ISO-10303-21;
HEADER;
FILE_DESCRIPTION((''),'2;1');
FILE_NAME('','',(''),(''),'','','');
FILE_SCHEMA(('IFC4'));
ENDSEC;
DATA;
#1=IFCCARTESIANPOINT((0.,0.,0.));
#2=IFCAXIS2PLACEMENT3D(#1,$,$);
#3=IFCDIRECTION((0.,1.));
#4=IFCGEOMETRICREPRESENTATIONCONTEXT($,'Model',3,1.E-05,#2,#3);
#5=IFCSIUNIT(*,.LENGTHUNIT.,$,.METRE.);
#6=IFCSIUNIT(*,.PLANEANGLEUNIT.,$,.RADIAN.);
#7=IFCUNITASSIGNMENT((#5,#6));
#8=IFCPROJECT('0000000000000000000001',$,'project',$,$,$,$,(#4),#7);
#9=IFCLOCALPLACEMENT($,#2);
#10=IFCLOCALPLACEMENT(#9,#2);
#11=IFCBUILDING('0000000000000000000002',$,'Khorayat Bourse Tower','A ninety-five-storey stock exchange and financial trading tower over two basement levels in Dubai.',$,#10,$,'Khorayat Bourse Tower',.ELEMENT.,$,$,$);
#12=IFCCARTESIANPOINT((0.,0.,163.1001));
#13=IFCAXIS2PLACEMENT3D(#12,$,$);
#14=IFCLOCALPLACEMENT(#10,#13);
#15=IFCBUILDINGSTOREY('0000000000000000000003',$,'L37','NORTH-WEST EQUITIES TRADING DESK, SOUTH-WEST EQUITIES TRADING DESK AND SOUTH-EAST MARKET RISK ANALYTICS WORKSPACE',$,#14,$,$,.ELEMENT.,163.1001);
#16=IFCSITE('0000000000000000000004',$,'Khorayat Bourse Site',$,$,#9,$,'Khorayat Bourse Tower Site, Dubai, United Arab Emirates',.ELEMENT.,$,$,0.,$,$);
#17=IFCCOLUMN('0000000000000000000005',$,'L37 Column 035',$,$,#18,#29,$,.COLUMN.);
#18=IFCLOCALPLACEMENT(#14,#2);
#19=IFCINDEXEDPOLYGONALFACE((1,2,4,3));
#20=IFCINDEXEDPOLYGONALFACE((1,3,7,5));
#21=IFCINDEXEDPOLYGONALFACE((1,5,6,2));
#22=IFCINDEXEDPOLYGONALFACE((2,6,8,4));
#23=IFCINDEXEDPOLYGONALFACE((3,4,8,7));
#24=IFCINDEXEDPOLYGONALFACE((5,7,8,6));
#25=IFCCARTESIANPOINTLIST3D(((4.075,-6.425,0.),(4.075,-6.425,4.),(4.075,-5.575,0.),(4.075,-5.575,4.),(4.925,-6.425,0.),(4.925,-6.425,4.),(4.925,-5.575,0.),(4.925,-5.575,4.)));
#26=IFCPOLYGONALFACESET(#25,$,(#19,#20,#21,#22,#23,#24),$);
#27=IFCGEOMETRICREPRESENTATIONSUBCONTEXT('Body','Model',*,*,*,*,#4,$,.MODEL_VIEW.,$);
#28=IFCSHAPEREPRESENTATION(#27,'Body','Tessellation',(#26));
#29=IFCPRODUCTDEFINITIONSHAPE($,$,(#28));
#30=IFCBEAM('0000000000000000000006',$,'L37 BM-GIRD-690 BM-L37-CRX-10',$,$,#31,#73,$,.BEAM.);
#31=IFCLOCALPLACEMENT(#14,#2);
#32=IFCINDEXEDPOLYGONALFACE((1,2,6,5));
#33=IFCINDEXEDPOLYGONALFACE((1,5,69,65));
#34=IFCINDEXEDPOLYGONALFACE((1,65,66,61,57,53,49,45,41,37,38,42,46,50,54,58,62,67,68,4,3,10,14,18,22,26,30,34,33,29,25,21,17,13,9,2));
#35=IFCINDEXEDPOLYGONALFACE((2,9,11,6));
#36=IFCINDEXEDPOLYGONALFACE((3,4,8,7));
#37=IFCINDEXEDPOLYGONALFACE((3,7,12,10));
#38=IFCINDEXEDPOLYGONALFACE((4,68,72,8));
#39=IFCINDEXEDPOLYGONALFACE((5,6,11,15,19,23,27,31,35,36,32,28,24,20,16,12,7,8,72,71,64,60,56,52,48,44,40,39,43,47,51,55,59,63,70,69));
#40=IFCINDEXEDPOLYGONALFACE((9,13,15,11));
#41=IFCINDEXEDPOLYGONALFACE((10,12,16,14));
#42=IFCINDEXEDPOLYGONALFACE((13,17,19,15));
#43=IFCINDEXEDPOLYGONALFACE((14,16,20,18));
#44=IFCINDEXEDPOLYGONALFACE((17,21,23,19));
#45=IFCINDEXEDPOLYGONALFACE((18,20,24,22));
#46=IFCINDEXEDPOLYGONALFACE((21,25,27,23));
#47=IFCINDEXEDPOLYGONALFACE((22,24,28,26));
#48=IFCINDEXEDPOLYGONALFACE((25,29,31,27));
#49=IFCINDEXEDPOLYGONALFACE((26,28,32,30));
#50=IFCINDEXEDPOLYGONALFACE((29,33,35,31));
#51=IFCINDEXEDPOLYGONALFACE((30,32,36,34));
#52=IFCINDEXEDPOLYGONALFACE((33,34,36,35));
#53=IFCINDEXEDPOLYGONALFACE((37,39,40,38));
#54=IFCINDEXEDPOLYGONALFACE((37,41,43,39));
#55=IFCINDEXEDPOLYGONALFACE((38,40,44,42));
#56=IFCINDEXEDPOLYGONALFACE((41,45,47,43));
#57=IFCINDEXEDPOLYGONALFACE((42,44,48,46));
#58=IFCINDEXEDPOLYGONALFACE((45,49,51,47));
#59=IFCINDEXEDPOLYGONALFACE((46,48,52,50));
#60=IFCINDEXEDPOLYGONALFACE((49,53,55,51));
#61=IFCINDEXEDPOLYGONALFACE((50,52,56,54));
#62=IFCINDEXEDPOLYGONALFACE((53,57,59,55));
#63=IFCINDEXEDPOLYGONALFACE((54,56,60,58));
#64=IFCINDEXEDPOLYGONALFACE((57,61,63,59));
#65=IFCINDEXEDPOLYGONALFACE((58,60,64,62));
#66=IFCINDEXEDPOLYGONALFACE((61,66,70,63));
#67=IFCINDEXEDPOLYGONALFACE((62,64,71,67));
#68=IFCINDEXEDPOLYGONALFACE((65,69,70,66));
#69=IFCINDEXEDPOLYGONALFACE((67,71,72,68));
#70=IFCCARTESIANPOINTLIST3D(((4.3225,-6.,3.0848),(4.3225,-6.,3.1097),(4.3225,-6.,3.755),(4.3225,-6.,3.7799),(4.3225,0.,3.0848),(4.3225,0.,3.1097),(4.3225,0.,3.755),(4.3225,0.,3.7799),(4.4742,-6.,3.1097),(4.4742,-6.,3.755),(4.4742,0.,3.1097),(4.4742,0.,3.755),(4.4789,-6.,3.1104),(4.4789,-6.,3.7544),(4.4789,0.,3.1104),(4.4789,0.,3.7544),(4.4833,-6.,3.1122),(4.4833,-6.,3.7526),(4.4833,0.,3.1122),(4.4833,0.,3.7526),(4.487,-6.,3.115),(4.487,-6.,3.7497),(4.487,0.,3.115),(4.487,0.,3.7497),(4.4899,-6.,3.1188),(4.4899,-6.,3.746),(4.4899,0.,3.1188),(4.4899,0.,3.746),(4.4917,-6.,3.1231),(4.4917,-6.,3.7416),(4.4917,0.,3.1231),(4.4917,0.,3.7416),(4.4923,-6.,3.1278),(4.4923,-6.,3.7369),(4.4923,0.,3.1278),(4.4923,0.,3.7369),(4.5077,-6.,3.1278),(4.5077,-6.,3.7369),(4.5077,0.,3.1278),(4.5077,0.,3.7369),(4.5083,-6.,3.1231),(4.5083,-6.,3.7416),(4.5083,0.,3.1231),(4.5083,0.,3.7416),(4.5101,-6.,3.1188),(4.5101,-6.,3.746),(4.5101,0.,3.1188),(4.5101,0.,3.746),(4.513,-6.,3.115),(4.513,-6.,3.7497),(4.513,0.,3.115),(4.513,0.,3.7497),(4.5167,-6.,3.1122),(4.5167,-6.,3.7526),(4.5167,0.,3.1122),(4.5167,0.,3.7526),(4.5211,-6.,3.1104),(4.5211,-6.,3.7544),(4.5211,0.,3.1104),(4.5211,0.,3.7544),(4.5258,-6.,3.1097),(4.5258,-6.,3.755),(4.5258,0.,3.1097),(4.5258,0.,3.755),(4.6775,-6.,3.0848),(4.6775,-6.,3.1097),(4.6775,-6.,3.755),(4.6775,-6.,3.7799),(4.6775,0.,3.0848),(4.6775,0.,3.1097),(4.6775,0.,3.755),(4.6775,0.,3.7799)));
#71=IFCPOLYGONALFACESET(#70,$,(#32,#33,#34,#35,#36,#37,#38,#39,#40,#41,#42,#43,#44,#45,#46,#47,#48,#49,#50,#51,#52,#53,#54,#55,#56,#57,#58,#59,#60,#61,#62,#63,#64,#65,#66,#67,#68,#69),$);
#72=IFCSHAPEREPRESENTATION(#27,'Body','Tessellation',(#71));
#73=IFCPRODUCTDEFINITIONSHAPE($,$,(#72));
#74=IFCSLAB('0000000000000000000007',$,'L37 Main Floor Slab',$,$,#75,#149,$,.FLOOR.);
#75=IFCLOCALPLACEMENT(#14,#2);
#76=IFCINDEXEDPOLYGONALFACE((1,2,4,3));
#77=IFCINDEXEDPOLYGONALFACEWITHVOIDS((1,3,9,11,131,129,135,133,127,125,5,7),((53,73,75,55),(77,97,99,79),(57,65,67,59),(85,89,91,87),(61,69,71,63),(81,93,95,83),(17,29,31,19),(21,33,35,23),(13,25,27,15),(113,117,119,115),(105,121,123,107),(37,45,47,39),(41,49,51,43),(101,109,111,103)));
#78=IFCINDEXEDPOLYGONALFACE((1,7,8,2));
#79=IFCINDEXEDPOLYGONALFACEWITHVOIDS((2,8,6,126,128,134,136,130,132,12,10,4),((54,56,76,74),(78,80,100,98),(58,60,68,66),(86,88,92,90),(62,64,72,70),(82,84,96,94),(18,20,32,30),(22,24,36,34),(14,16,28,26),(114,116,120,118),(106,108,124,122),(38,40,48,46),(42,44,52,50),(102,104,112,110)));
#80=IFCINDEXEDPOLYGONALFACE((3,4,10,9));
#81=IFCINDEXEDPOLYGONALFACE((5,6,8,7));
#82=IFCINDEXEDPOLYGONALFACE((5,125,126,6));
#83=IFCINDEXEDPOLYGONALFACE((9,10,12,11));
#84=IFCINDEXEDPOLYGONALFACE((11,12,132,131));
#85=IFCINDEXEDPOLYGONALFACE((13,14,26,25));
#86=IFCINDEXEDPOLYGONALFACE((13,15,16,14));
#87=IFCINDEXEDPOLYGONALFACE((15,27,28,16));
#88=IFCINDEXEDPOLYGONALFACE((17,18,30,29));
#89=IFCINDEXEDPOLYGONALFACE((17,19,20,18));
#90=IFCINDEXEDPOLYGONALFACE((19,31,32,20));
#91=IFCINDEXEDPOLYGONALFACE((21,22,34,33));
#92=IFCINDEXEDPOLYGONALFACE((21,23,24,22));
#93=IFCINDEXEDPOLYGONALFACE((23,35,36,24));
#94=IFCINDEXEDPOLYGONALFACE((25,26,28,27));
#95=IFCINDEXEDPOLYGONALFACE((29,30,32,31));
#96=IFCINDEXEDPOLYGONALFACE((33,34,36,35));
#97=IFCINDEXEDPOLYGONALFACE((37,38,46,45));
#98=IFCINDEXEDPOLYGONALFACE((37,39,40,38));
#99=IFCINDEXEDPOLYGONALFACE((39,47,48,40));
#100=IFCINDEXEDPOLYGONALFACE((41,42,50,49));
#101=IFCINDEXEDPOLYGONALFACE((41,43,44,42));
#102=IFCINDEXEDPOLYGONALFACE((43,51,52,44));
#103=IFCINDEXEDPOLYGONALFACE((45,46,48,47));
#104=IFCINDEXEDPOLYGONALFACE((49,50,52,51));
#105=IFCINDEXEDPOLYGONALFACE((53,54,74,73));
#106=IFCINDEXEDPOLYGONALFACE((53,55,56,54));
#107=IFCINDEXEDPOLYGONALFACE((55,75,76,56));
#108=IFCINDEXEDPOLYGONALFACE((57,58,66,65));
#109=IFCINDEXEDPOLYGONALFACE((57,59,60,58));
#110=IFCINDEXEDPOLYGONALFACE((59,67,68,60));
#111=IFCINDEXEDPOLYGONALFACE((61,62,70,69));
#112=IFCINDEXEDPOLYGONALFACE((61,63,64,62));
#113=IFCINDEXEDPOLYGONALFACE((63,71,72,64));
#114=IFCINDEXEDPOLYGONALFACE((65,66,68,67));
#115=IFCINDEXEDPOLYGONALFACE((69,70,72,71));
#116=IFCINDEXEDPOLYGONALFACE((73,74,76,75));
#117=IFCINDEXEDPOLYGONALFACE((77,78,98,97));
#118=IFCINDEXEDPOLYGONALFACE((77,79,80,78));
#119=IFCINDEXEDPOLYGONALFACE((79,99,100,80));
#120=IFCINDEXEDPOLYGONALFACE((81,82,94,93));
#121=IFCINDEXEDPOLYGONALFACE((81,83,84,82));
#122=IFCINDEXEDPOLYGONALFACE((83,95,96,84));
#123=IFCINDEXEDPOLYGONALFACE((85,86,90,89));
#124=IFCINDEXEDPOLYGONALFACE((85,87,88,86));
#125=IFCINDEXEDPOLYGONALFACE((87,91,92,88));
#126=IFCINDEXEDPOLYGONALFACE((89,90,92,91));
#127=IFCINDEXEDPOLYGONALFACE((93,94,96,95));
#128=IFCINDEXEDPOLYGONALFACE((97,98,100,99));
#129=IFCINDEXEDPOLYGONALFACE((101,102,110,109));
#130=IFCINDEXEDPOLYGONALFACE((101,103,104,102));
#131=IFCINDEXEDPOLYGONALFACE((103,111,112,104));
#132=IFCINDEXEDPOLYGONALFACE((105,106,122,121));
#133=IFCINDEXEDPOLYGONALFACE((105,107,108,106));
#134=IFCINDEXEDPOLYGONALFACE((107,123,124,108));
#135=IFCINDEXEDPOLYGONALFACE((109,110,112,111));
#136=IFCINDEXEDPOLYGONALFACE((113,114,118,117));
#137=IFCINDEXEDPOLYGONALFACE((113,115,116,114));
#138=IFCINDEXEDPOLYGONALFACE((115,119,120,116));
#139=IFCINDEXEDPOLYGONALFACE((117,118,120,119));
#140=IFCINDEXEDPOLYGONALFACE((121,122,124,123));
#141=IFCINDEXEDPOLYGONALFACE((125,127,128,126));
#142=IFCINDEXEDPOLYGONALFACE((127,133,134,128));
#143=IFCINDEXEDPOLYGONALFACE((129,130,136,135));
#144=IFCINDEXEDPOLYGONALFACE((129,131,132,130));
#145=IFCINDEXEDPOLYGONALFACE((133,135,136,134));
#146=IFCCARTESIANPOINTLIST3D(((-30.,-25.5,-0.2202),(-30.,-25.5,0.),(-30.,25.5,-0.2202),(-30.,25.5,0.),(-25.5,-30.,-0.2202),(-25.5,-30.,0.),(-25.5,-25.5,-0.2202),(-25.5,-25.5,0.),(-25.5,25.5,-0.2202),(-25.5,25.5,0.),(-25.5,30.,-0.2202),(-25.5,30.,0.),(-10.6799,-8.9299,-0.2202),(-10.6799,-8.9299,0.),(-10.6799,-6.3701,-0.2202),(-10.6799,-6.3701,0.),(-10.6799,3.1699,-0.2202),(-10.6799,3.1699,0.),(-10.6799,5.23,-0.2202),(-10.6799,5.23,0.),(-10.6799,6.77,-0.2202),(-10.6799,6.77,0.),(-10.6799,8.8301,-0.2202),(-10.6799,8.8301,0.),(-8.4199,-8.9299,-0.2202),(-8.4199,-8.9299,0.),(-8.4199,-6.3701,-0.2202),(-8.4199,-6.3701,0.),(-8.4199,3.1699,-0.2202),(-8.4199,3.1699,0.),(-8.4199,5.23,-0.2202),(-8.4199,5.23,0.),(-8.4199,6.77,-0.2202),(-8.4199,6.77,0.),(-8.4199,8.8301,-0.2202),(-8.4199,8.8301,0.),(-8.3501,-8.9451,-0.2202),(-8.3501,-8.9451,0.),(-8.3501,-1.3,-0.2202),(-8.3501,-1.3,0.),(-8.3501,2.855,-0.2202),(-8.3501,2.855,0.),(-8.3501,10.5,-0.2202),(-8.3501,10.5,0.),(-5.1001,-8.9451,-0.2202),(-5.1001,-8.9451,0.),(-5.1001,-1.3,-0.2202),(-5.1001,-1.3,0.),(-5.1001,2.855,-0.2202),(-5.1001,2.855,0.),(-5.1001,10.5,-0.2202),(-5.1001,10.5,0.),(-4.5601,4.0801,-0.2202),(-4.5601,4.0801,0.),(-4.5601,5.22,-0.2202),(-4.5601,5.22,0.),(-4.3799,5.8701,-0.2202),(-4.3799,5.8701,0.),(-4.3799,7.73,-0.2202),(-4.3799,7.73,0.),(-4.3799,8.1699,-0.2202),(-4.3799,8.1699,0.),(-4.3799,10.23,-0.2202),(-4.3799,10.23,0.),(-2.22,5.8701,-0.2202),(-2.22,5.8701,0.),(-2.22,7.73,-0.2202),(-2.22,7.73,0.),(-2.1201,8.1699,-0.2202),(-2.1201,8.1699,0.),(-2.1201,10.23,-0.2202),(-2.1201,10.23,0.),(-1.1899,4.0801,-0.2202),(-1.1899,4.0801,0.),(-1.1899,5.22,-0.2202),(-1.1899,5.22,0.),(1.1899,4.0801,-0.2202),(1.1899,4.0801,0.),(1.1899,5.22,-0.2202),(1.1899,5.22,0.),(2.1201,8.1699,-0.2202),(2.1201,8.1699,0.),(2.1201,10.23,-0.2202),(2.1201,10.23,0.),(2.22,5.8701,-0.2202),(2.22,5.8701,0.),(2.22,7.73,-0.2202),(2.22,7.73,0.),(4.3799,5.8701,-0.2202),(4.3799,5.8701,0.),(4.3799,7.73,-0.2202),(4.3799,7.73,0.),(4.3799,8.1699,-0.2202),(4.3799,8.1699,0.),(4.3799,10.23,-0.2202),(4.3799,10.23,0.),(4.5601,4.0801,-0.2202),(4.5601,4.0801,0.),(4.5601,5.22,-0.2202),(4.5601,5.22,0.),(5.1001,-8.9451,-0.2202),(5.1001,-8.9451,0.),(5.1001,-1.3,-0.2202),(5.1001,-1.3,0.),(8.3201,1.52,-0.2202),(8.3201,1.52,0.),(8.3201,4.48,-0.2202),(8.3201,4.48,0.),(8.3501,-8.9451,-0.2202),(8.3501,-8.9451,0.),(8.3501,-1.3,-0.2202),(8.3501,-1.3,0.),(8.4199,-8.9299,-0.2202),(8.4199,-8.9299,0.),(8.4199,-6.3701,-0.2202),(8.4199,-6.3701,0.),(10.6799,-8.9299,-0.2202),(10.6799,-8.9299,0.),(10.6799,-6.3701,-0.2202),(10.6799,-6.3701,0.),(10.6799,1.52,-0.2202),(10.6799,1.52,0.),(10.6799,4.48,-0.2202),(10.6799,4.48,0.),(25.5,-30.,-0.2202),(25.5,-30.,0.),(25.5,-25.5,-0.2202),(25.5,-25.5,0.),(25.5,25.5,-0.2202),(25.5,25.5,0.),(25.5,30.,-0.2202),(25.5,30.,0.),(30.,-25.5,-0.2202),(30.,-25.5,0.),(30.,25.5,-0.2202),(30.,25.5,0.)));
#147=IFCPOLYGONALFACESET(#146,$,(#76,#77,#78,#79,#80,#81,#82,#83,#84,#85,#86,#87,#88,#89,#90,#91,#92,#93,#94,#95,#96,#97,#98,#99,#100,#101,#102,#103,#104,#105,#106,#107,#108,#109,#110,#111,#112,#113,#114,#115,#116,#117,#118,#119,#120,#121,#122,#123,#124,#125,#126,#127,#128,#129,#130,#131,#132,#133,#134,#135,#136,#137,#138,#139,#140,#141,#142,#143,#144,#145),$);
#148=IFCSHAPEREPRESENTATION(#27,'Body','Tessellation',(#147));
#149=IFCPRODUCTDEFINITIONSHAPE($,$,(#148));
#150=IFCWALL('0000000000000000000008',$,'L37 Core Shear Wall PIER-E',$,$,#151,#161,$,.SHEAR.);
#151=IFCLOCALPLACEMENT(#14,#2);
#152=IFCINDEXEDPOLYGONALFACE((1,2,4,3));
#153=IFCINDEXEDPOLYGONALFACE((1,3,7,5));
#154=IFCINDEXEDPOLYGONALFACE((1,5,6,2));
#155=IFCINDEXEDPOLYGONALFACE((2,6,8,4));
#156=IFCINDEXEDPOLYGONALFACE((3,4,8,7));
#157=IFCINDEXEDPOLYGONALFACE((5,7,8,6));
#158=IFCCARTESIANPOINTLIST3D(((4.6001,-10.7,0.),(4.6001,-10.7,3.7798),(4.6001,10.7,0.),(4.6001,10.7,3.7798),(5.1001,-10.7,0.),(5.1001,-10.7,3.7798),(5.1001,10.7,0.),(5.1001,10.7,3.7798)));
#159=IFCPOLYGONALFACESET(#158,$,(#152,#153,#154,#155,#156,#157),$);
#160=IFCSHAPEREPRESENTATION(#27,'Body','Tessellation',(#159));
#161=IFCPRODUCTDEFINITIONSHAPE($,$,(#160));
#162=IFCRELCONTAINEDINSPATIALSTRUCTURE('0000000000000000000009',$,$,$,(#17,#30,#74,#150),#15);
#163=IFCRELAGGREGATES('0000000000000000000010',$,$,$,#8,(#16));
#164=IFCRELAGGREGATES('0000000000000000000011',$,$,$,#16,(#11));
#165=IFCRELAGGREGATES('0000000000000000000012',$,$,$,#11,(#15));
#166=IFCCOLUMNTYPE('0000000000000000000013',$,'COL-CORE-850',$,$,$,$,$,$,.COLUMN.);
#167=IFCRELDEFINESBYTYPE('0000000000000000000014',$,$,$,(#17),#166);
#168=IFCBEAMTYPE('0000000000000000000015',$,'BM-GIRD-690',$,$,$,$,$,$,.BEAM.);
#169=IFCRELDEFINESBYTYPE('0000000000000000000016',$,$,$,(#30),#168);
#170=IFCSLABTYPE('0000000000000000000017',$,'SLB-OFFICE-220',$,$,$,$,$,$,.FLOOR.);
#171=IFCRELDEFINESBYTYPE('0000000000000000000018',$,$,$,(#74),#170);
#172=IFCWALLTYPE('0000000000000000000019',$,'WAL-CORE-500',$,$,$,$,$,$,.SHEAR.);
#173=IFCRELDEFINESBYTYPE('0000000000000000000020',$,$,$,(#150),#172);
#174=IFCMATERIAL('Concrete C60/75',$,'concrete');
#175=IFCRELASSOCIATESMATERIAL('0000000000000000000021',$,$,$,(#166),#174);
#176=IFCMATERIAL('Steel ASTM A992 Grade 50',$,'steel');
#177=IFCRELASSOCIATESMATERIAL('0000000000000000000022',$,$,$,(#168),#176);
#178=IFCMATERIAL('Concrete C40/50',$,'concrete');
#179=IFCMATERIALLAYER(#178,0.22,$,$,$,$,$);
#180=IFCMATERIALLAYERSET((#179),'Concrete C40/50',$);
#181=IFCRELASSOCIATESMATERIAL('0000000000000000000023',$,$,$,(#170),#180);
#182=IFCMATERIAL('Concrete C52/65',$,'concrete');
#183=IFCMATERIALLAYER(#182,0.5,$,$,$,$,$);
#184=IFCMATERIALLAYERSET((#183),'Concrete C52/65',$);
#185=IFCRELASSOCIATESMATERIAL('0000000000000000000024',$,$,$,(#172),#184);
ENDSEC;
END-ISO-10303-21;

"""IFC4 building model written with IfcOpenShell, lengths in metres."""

from ifc_helpers import new_model, si_unit, direction, frame, frame_2d, origin, origin_2d, place, context, subcontext, project, spatial, polyline, rectangle, i_section, outline, extrude, source, transform, mapped, material, layer, layer_set, material_profile, profile_set, type_object, element, save


model = new_model("IFC4")

# Units and contexts
model_context = context("Model", 3, precision=1e-05, world=origin(), true_north=direction((0.0, 1.0)))
body_context = subcontext(model_context, "Body", "Model", "MODEL_VIEW")
ifc_project = project(units=[si_unit("LENGTHUNIT", "METRE"), si_unit("PLANEANGLEUNIT", "RADIAN")], contexts=[model_context])

# Site, building, storey
site_placement = place(None, origin())
site = spatial("IfcSite", under=ifc_project, at=site_placement, Name="Khorayat Bourse Site", LongName="Khorayat Bourse Tower Site, Dubai, United Arab Emirates", CompositionType="ELEMENT", RefElevation=0.0)
building_placement = place(site_placement, origin())
building = spatial("IfcBuilding", under=site, at=building_placement, Name="Khorayat Bourse Tower", Description="A ninety-five-storey stock exchange and financial trading tower over two basement levels in Dubai.", LongName="Khorayat Bourse Tower", CompositionType="ELEMENT")
storey_placement = place(building_placement, frame((0.0, 0.0, 163.1001)))
storey = spatial("IfcBuildingStorey", under=building, at=storey_placement, Name="L37", Description="NORTH-WEST EQUITIES TRADING DESK, SOUTH-WEST EQUITIES TRADING DESK AND SOUTH-EAST MARKET RISK ANALYTICS WORKSPACE", CompositionType="ELEMENT", Elevation=163.1001)

# Column
ifc_material_1 = material(Name="Concrete C60/75", Category="concrete")
ifc_material_profile_1 = material_profile(ifc_material_1, rectangle(XDim=0.8501, YDim=0.8501, at=origin_2d()), Name="RC 850x850")
ifc_profile_set_1 = profile_set([ifc_material_profile_1], Name="Concrete C60/75")
column_type = type_object("IfcColumnType", Name="COL-CORE-850", PredefinedType="COLUMN", material=ifc_profile_set_1)
shared_shape_1 = source(origin(), body_context, "Body", "SweptSolid", [
    extrude(rectangle(XDim=0.8501, YDim=0.8501, at=origin_2d()), origin(), (0.0, 0.0, 1.0), 4.0),
])
column_placement = place(storey_placement, frame((4.5, -6.0, 0.0), z_axis=(0.0, 0.0, 1.0), x_axis=(1.0, 0.0, 0.0)))
element("IfcColumn", 1, at=column_placement, inside=storey, type_object=column_type, Name="L37 Column 035", PredefinedType="COLUMN", context=body_context, shape_type="MappedRepresentation", body=[
    mapped(shared_shape_1, transform((0.0, 0.0, 0.0), scale=1.0)),
])

# Beam
ifc_material_2 = material(Name="Steel ASTM A992 Grade 50", Category="steel")
ifc_material_profile_2 = material_profile(ifc_material_2, i_section(OverallWidth=0.355, OverallDepth=0.6951, WebThickness=0.0154, FlangeThickness=0.0249, FilletRadius=0.0181, at=origin_2d()), Name="W690X217")
ifc_profile_set_2 = profile_set([ifc_material_profile_2], Name="Steel ASTM A992 Grade 50")
beam_type = type_object("IfcBeamType", Name="BM-GIRD-690", PredefinedType="BEAM", material=ifc_profile_set_2)
shared_shape_2 = source(origin(), body_context, "Body", "SweptSolid", [
    extrude(i_section(OverallWidth=0.355, OverallDepth=0.6951, WebThickness=0.0154, FlangeThickness=0.0249, FilletRadius=0.0181, at=origin_2d()), origin(), (0.0, 0.0, 1.0), 6.0),
])
beam_placement = place(storey_placement, frame((4.5, -6.0, 3.4324), z_axis=(0.0, 1.0, 0.0), x_axis=(-1.0, 0.0, 0.0)))
element("IfcBeam", 2, at=beam_placement, inside=storey, type_object=beam_type, Name="L37 BM-GIRD-690 BM-L37-CRX-10", PredefinedType="BEAM", context=body_context, shape_type="MappedRepresentation", body=[
    mapped(shared_shape_2, transform((0.0, 0.0, 0.0), scale=1.0)),
])

# Slab
ifc_material_3 = material(Name="Concrete C40/50", Category="concrete")
ifc_layer_1 = layer(ifc_material_3, 0.22)
ifc_layer_set_1 = layer_set([ifc_layer_1], Name="Concrete C40/50")
slab_type = type_object("IfcSlabType", Name="SLB-OFFICE-220", PredefinedType="FLOOR", material=ifc_layer_set_1)
slab_placement = place(storey_placement, frame((0.0, 0.0, -0.2202)))
element("IfcSlab", 3, at=slab_placement, inside=storey, type_object=slab_type, Name="L37 Main Floor Slab", PredefinedType="FLOOR", context=body_context, shape_type="SweptSolid", body=[
    extrude(outline(polyline([(-25.5, -30.0), (25.5, -30.0), (25.5, -25.5), (30.0, -25.5), (30.0, 25.5), (25.5, 25.5), (25.5, 30.0), (-25.5, 30.0), (-25.5, 25.5), (-30.0, 25.5), (-30.0, -25.5), (-25.5, -25.5), (-25.5, -30.0)]), holes=[polyline([(-8.3501, -8.9451), (-5.1001, -8.9451), (-5.1001, -1.3), (-8.3501, -1.3), (-8.3501, -8.9451)]), polyline([(-8.3501, 2.855), (-5.1001, 2.855), (-5.1001, 10.5), (-8.3501, 10.5), (-8.3501, 2.855)]), polyline([(5.1001, -8.9451), (8.3501, -8.9451), (8.3501, -1.3), (5.1001, -1.3), (5.1001, -8.9451)]), polyline([(-4.3799, 8.1699), (-2.1201, 8.1699), (-2.1201, 10.23), (-4.3799, 10.23), (-4.3799, 8.1699)]), polyline([(2.1201, 8.1699), (4.3799, 8.1699), (4.3799, 10.23), (2.1201, 10.23), (2.1201, 8.1699)]), polyline([(-4.3799, 5.8701), (-2.22, 5.8701), (-2.22, 7.73), (-4.3799, 7.73), (-4.3799, 5.8701)]), polyline([(2.22, 5.8701), (4.3799, 5.8701), (4.3799, 7.73), (2.22, 7.73), (2.22, 5.8701)]), polyline([(-10.6799, 3.1699), (-8.4199, 3.1699), (-8.4199, 5.23), (-10.6799, 5.23), (-10.6799, 3.1699)]), polyline([(-10.6799, 6.77), (-8.4199, 6.77), (-8.4199, 8.8301), (-10.6799, 8.8301), (-10.6799, 6.77)]), polyline([(-10.6799, -8.9299), (-8.4199, -8.9299), (-8.4199, -6.3701), (-10.6799, -6.3701), (-10.6799, -8.9299)]), polyline([(8.4199, -8.9299), (10.6799, -8.9299), (10.6799, -6.3701), (8.4199, -6.3701), (8.4199, -8.9299)]), polyline([(8.3201, 1.52), (10.6799, 1.52), (10.6799, 4.48), (8.3201, 4.48), (8.3201, 1.52)]), polyline([(-4.5601, 4.0801), (-1.1899, 4.0801), (-1.1899, 5.22), (-4.5601, 5.22), (-4.5601, 4.0801)]), polyline([(1.1899, 4.0801), (4.5601, 4.0801), (4.5601, 5.22), (1.1899, 5.22), (1.1899, 4.0801)])]), origin(), (0.0, 0.0, 1.0), 0.2202),
])

# Wall
ifc_material_4 = material(Name="Concrete C52/65", Category="concrete")
ifc_layer_2 = layer(ifc_material_4, 0.5)
ifc_layer_set_2 = layer_set([ifc_layer_2], Name="Concrete C52/65")
wall_type_1 = type_object("IfcWallType", Name="WAL-CORE-500", PredefinedType="SHEAR", material=ifc_layer_set_2)
shared_shape_3 = source(origin(), body_context, "Body", "SweptSolid", [
    extrude(rectangle(XDim=21.3999, YDim=0.5, at=frame_2d((10.7, 0.0))), origin(), (0.0, 0.0, 1.0), 3.7798),
])
wall_1_placement = place(storey_placement, frame((4.8501, -10.7, 0.0), z_axis=(0.0, 0.0, 1.0), x_axis=(0.0, 1.0, 0.0)))
element("IfcWall", 4, at=wall_1_placement, inside=storey, type_object=wall_type_1, Name="L37 Core Shear Wall PIER-E", PredefinedType="SHEAR", context=body_context, shape_type="MappedRepresentation", body=[
    mapped(shared_shape_3, transform((0.0, 0.0, 0.0), scale=1.0)),
])

save(model, "model.ifc")
